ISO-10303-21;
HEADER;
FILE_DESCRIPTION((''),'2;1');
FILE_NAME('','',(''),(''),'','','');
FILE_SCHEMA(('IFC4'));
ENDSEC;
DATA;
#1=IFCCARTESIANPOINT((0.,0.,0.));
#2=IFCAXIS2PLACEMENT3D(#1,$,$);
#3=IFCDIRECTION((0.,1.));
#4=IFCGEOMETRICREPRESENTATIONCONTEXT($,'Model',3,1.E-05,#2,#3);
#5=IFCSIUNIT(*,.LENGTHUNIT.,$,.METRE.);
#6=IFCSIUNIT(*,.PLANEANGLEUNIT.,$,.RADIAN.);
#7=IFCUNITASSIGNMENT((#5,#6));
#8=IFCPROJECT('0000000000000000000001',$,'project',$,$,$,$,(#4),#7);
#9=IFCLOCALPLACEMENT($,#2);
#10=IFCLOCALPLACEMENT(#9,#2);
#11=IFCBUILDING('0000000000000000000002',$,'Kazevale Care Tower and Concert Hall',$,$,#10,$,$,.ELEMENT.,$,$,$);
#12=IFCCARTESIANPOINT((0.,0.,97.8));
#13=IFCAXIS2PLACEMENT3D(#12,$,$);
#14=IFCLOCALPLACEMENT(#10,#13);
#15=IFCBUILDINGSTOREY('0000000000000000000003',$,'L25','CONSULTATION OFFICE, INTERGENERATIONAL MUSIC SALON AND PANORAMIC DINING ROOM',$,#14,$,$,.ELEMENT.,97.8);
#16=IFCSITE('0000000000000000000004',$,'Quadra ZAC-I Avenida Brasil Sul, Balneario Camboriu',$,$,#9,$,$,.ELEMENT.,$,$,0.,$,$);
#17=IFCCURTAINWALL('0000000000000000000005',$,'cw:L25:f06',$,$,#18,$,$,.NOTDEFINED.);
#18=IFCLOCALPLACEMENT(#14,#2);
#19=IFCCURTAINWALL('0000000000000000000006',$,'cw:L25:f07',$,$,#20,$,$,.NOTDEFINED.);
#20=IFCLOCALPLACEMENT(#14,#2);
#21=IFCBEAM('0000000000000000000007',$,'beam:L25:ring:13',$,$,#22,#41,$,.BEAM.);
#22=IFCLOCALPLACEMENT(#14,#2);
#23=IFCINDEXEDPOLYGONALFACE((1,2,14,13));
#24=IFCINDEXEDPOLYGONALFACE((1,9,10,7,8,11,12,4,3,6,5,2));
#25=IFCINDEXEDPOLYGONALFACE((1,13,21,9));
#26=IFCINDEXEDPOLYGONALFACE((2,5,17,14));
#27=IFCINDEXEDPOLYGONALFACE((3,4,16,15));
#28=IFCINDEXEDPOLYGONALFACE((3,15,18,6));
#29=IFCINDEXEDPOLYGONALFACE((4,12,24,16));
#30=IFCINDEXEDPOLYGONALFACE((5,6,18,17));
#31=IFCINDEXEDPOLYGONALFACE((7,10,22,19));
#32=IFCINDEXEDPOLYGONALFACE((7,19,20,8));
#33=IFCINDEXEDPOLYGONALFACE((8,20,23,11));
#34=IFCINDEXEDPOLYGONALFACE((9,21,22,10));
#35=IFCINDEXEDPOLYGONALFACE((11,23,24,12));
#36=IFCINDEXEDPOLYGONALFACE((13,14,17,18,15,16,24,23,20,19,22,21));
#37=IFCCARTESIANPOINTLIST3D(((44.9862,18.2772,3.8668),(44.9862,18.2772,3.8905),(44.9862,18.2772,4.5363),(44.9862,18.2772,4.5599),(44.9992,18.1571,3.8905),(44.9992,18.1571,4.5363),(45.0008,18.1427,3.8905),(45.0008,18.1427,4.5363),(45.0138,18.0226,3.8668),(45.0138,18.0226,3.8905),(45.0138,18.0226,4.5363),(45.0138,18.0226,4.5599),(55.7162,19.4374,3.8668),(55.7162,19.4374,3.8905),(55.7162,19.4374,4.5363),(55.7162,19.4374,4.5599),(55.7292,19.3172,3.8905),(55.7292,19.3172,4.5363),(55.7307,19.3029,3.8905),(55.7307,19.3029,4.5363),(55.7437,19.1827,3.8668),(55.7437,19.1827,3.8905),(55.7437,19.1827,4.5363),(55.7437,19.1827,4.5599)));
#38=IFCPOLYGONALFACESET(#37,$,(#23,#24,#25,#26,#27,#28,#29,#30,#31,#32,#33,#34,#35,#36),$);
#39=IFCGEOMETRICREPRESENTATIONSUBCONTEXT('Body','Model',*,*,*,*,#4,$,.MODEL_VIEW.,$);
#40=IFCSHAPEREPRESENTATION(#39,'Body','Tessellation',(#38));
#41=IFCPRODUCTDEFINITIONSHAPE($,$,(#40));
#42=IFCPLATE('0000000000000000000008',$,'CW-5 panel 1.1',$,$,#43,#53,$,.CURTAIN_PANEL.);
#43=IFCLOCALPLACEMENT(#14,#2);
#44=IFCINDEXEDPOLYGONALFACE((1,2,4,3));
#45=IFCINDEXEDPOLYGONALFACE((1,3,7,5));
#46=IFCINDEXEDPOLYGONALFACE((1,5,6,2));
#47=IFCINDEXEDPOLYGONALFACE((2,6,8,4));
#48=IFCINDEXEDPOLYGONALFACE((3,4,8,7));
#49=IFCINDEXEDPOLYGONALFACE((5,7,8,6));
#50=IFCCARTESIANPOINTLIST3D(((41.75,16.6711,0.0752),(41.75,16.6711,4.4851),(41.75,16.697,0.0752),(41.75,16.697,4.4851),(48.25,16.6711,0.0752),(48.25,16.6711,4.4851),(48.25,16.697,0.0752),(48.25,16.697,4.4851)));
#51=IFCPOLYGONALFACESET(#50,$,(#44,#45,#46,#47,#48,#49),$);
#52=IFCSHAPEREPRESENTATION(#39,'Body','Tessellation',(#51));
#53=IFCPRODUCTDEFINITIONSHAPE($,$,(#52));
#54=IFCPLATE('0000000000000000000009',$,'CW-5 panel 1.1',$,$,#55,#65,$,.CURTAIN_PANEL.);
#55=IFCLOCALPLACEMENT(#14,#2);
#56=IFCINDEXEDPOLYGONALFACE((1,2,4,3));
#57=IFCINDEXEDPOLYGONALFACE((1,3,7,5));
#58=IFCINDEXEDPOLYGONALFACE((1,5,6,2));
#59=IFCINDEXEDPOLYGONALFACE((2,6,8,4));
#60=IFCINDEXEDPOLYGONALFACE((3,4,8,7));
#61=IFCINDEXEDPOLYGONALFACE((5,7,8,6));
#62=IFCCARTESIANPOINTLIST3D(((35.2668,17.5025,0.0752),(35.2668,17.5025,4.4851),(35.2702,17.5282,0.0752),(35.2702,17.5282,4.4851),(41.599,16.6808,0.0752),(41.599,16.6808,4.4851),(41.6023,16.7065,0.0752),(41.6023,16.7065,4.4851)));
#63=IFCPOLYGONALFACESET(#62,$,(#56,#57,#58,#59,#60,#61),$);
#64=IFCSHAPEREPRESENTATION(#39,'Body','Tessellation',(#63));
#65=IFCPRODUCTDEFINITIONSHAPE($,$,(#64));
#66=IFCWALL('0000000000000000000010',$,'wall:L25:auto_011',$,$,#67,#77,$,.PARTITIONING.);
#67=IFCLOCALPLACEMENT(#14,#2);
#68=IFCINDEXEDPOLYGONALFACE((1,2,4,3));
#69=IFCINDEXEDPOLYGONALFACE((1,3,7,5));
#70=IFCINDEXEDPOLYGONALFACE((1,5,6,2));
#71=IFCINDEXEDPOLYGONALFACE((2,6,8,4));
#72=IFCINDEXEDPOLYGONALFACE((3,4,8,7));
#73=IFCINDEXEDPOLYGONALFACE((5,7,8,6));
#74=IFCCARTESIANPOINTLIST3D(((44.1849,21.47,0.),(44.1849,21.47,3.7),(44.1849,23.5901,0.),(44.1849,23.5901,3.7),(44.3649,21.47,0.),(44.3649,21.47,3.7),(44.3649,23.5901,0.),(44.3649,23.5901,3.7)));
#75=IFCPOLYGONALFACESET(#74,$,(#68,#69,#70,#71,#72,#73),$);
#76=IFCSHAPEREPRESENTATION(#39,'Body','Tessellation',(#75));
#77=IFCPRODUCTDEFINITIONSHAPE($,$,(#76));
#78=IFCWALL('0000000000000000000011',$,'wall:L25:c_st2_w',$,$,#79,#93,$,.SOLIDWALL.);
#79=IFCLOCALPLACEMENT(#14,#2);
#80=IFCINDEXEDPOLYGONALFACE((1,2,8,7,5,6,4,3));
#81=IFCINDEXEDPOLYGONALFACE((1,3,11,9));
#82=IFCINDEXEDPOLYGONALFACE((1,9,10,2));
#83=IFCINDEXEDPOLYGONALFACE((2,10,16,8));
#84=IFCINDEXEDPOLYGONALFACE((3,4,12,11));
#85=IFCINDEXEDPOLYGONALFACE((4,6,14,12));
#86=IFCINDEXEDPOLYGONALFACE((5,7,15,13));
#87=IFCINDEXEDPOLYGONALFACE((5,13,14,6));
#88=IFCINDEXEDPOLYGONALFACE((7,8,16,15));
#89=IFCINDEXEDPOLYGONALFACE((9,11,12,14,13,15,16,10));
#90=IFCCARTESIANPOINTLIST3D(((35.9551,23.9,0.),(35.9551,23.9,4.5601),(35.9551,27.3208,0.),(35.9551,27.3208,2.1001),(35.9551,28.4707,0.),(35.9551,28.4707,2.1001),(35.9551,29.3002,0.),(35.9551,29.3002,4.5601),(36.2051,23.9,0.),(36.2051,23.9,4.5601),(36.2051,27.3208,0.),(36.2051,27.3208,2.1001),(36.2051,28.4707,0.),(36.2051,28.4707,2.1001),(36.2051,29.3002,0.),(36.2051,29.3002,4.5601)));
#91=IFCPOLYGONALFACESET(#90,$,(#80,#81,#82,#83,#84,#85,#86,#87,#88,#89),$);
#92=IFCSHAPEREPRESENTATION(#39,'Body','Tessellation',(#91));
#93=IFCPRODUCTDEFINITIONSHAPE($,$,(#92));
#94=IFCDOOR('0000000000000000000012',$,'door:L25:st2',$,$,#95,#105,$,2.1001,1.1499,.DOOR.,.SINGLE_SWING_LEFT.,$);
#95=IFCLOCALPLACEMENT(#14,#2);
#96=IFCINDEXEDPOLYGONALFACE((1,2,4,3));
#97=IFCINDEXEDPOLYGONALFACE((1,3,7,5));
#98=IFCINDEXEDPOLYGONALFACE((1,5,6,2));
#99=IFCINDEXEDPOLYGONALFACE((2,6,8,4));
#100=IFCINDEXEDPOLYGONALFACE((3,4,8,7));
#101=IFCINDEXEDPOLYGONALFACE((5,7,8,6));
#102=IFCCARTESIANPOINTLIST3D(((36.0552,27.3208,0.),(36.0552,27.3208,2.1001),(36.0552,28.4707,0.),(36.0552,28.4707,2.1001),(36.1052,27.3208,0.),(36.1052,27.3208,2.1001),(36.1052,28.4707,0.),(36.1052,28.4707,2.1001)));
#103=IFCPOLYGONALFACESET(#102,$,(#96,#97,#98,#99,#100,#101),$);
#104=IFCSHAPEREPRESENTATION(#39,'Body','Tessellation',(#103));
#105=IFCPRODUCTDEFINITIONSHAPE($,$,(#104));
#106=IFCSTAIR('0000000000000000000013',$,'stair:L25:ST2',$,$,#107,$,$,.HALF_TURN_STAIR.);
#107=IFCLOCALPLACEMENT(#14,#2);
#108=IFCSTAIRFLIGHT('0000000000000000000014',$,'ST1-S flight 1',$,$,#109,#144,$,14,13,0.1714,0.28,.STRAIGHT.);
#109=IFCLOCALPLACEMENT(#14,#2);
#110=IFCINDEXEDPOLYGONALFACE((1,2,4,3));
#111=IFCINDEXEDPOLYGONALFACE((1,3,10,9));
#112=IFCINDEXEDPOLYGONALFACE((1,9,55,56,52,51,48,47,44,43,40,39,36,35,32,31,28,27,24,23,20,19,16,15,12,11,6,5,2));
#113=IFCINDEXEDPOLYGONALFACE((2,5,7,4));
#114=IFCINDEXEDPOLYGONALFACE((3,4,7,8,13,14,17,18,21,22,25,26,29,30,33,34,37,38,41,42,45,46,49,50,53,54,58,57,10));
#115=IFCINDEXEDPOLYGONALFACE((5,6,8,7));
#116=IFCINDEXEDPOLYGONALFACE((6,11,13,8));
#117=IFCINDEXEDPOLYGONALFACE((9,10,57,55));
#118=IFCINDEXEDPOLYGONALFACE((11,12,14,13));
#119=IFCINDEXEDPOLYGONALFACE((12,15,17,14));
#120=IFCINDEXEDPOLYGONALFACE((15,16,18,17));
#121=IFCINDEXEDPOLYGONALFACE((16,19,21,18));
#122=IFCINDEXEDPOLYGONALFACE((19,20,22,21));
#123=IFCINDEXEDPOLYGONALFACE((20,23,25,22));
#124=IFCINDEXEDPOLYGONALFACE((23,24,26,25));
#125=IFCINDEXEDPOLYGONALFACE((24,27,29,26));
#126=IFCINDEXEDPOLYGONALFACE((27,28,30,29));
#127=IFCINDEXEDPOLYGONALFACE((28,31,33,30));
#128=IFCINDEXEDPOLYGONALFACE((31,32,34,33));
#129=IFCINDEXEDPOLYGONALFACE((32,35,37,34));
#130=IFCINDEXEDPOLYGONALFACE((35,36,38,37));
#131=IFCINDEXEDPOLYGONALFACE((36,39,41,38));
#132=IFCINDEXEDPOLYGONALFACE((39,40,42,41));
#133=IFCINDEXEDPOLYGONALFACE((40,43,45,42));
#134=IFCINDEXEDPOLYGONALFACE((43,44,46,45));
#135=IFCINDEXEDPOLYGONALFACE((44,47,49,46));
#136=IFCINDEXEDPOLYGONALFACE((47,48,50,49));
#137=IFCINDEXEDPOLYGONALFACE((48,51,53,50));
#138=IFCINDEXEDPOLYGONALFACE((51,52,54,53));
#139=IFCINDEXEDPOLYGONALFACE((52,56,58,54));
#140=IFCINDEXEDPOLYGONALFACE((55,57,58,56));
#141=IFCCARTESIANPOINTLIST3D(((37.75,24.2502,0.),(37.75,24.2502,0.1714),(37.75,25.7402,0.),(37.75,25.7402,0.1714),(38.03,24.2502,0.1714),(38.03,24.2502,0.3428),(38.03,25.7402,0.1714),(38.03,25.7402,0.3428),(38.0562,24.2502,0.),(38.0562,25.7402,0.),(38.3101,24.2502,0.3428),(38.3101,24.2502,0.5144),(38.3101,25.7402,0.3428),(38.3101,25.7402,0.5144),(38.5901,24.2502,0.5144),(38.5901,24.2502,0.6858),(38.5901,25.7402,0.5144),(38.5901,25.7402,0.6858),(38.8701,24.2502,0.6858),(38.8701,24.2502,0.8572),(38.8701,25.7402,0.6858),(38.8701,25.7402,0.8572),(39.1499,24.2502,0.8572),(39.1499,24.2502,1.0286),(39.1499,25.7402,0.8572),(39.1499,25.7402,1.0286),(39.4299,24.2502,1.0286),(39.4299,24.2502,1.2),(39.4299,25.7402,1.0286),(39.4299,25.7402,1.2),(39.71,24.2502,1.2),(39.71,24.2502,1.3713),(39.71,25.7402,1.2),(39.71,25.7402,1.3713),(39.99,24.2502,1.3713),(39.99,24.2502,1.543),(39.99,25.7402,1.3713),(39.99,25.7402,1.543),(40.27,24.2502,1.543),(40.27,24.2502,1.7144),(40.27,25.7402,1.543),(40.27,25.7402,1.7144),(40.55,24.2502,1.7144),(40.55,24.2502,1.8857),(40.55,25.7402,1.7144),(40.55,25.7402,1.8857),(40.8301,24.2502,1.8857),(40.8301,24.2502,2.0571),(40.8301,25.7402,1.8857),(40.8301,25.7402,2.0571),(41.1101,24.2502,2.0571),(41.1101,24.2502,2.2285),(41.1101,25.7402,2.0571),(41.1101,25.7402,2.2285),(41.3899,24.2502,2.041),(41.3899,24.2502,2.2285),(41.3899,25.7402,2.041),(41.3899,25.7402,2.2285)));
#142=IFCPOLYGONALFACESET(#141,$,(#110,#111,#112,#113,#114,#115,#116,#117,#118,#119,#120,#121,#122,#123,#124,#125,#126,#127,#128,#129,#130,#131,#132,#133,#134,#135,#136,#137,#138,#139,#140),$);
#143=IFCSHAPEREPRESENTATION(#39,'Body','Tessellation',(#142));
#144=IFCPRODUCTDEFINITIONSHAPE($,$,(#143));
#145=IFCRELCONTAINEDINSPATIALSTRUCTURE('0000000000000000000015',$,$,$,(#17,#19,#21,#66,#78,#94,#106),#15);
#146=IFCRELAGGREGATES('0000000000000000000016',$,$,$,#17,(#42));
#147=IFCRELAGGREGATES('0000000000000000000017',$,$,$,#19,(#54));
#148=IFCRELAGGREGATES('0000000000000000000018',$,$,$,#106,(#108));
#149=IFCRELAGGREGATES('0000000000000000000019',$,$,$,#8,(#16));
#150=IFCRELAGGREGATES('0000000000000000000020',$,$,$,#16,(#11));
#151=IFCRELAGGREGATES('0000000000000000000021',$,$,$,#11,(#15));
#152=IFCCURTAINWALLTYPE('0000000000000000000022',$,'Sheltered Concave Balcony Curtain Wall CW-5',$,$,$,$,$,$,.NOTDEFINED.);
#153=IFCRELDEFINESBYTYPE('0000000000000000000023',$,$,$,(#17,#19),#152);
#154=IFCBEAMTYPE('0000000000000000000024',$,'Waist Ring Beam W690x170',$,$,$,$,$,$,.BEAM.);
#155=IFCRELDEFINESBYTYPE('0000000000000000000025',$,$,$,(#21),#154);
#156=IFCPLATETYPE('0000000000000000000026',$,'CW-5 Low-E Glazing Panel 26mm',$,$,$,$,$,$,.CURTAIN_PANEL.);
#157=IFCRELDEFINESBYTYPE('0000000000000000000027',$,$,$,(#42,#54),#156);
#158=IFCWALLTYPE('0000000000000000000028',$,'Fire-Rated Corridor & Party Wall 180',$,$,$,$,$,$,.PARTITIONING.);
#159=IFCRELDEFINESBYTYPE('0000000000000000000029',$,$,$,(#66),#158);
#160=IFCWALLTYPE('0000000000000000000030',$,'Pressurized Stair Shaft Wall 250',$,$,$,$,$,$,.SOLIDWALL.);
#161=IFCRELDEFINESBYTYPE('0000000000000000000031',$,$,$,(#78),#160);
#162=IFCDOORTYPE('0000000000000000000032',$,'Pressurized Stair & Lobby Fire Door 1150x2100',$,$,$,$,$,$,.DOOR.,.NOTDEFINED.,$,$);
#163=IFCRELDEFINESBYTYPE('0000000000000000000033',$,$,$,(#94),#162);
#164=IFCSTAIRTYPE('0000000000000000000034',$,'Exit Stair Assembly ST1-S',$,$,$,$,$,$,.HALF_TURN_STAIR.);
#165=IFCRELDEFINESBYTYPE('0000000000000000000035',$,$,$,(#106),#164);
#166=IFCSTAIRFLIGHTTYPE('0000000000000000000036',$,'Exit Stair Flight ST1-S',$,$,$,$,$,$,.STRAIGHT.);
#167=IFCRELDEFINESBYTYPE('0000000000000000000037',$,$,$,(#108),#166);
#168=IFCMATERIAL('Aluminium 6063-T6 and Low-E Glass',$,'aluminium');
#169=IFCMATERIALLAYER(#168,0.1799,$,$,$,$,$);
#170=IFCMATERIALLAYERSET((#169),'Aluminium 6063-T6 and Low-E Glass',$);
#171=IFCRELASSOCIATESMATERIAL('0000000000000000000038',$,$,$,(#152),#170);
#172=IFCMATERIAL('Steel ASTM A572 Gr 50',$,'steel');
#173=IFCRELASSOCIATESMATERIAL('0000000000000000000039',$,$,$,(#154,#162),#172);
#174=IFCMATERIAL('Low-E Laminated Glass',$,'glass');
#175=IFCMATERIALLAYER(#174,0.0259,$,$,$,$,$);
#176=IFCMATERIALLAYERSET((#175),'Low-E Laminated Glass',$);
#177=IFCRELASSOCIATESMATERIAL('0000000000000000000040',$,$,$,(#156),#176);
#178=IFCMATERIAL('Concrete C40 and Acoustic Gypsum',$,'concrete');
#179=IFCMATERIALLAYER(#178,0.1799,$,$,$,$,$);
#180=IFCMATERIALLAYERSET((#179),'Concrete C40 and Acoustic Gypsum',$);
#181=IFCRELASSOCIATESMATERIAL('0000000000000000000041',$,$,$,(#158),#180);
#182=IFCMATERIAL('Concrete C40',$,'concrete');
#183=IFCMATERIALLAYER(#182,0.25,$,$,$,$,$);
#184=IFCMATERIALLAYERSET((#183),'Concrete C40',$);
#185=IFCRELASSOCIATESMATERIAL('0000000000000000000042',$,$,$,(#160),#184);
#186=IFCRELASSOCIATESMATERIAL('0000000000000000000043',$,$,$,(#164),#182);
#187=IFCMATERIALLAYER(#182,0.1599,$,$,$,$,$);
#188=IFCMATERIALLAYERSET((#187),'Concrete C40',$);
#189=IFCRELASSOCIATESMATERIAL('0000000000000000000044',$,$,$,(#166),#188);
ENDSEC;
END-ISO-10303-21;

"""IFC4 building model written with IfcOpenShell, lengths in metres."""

from ifc_helpers import new_model, si_unit, direction, frame, frame_2d, origin, origin_2d, place, context, subcontext, project, spatial, polyline, rectangle, i_section, outline, extrude, material, layer, layer_set, material_profile, profile_set, type_object, element, fill, aggregate, save


model = new_model("IFC4")

# Units and contexts
model_context = context("Model", 3, precision=1e-05, world=origin(), true_north=direction((0.0, 1.0)))
body_context = subcontext(model_context, "Body", "Model", "MODEL_VIEW")
ifc_project = project(units=[si_unit("LENGTHUNIT", "METRE"), si_unit("PLANEANGLEUNIT", "RADIAN")], contexts=[model_context])

# Site, building, storey
site_placement = place(None, origin())
site = spatial("IfcSite", under=ifc_project, at=site_placement, Name="Quadra ZAC-I Avenida Brasil Sul, Balneario Camboriu", CompositionType="ELEMENT", RefElevation=0.0)
building_placement = place(site_placement, origin())
building = spatial("IfcBuilding", under=site, at=building_placement, Name="Kazevale Care Tower and Concert Hall", CompositionType="ELEMENT")
storey_placement = place(building_placement, frame((0.0, 0.0, 97.8)))
storey = spatial("IfcBuildingStorey", under=building, at=storey_placement, Name="L25", Description="CONSULTATION OFFICE, INTERGENERATIONAL MUSIC SALON AND PANORAMIC DINING ROOM", CompositionType="ELEMENT", Elevation=97.8)

# Curtain wall
ifc_material_1 = material(Name="Aluminium 6063-T6 and Low-E Glass", Category="aluminium")
ifc_layer_1 = layer(ifc_material_1, 0.1799)
ifc_layer_set_1 = layer_set([ifc_layer_1], Name="Aluminium 6063-T6 and Low-E Glass")
curtain_wall_type = type_object("IfcCurtainWallType", Name="Sheltered Concave Balcony Curtain Wall CW-5", PredefinedType="NOTDEFINED", material=ifc_layer_set_1)
curtain_wall_1_placement = place(storey_placement, origin())
curtain_wall_1 = element("IfcCurtainWall", 1, at=curtain_wall_1_placement, inside=storey, type_object=curtain_wall_type, Name="cw:L25:f06", PredefinedType="NOTDEFINED")

# Curtain wall
curtain_wall_2_placement = place(storey_placement, origin())
curtain_wall_2 = element("IfcCurtainWall", 2, at=curtain_wall_2_placement, inside=storey, type_object=curtain_wall_type, Name="cw:L25:f07", PredefinedType="NOTDEFINED")

# Beam
ifc_material_2 = material(Name="Steel ASTM A572 Gr 50", Category="steel")
ifc_material_profile_1 = material_profile(ifc_material_2, i_section(OverallWidth=0.2561, OverallDepth=0.6931, WebThickness=0.0144, FlangeThickness=0.0237, at=origin_2d()), Name="W690x170")
ifc_profile_set_1 = profile_set([ifc_material_profile_1], Name="Steel ASTM A572 Gr 50")
beam_type_1 = type_object("IfcBeamType", Name="Waist Ring Beam W690x170", PredefinedType="BEAM", material=ifc_profile_set_1)
beam_1_placement = place(storey_placement, frame((45.0, 18.1499, 4.2134), z_axis=(0.994205, 0.107496, 0.0), x_axis=(-0.107496, 0.994205, 0.0)))
element("IfcBeam", 3, at=beam_1_placement, inside=storey, type_object=beam_type_1, Name="beam:L25:ring:13", PredefinedType="BEAM", context=body_context, shape_type="SweptSolid", body=[
    extrude(i_section(OverallWidth=0.2561, OverallDepth=0.6931, WebThickness=0.0144, FlangeThickness=0.0237, at=origin_2d()), origin(), (0.0, 0.0, 1.0), 10.7925),
])

# Plates
ifc_material_3 = material(Name="Low-E Laminated Glass", Category="glass")
ifc_layer_2 = layer(ifc_material_3, 0.0259)
ifc_layer_set_2 = layer_set([ifc_layer_2], Name="Low-E Laminated Glass")
plate_type = type_object("IfcPlateType", Name="CW-5 Low-E Glazing Panel 26mm", PredefinedType="CURTAIN_PANEL", material=ifc_layer_set_2)
plate_1_placement = place(storey_placement, frame((45.0, 16.6841, 0.0752), z_axis=(0.0, 0.0, 1.0), x_axis=(-1.0, 0.0, 0.0)))
plate_1 = element("IfcPlate", 4, at=plate_1_placement, type_object=plate_type, Name="CW-5 panel 1.1", PredefinedType="CURTAIN_PANEL", context=body_context, shape_type="SweptSolid", body=[
    extrude(rectangle(XDim=6.5, YDim=0.0259, at=origin_2d()), origin(), (0.0, 0.0, 1.0), 4.4099),
])
aggregate(curtain_wall_1, [plate_1])
plate_2_placement = place(storey_placement, frame((38.4346, 17.1045, 0.0752), z_axis=(0.0, 0.0, 1.0), x_axis=(-0.991686, 0.128685, 0.0)))
plate_2 = element("IfcPlate", 5, at=plate_2_placement, type_object=plate_type, Name="CW-5 panel 1.1", PredefinedType="CURTAIN_PANEL", context=body_context, shape_type="SweptSolid", body=[
    extrude(rectangle(XDim=6.3853, YDim=0.0259, at=origin_2d()), origin(), (0.0, 0.0, 1.0), 4.4099),
])
aggregate(curtain_wall_2, [plate_2])

# Wall
ifc_material_4 = material(Name="Concrete C40 and Acoustic Gypsum", Category="concrete")
ifc_layer_3 = layer(ifc_material_4, 0.1799)
ifc_layer_set_3 = layer_set([ifc_layer_3], Name="Concrete C40 and Acoustic Gypsum")
wall_type_1 = type_object("IfcWallType", Name="Fire-Rated Corridor & Party Wall 180", PredefinedType="PARTITIONING", material=ifc_layer_set_3)
wall_1_placement = place(storey_placement, frame((44.2749, 21.47, 0.0), z_axis=(0.0, 0.0, 1.0), x_axis=(0.0, 1.0, 0.0)))
element("IfcWall", 6, at=wall_1_placement, inside=storey, type_object=wall_type_1, Name="wall:L25:auto_011", PredefinedType="PARTITIONING", context=body_context, shape_type="SweptSolid", body=[
    extrude(rectangle(XDim=2.1201, YDim=0.1799, at=frame_2d((1.0601, 0.0))), origin(), (0.0, 0.0, 1.0), 3.7),
])

# Wall, opening, door
ifc_material_5 = material(Name="Concrete C40", Category="concrete")
ifc_layer_4 = layer(ifc_material_5, 0.25)
ifc_layer_set_4 = layer_set([ifc_layer_4], Name="Concrete C40")
wall_type_2 = type_object("IfcWallType", Name="Pressurized Stair Shaft Wall 250", PredefinedType="SOLIDWALL", material=ifc_layer_set_4)
wall_2_placement = place(storey_placement, frame((36.0801, 23.8999, 0.0), z_axis=(0.0, 0.0, 1.0), x_axis=(0.0, 1.0, 0.0)))
wall_2 = element("IfcWall", 7, at=wall_2_placement, inside=storey, type_object=wall_type_2, Name="wall:L25:c_st2_w", PredefinedType="SOLIDWALL", context=body_context, shape_type="SweptSolid", body=[
    extrude(rectangle(XDim=5.4001, YDim=0.25, at=frame_2d((2.7002, 0.0))), origin(), (0.0, 0.0, 1.0), 4.5601),
])
opening_1_placement = place(wall_2_placement, frame((3.4209, 0.0, 0.0)))
opening_1 = element("IfcOpeningElement", 8, at=opening_1_placement, cuts=wall_2, PredefinedType="OPENING", context=body_context, shape_type="SweptSolid", body=[
    extrude(rectangle(XDim=1.1499, YDim=2.1001, at=frame_2d((0.575, 1.05))), frame((0.0, 0.135, 0.0), z_axis=(0.0, -1.0, 0.0), x_axis=(1.0, 0.0, 0.0)), (0.0, 0.0, 1.0), 0.27),
])
door_type_1 = type_object("IfcDoorType", Name="Pressurized Stair & Lobby Fire Door 1150x2100", OperationType="NOTDEFINED", PredefinedType="DOOR", material=ifc_material_2)
door_1_placement = place(opening_1_placement, origin())
door_1 = element("IfcDoor", 9, at=door_1_placement, inside=storey, type_object=door_type_1, Name="door:L25:st2", OperationType="SINGLE_SWING_LEFT", OverallHeight=2.1001, OverallWidth=1.1499, PredefinedType="DOOR", context=body_context, shape_type="SweptSolid", body=[
    extrude(rectangle(XDim=1.1499, YDim=2.1001, at=frame_2d((0.575, 1.05))), frame((0.0, 0.0249, 0.0), z_axis=(0.0, -1.0, 0.0), x_axis=(1.0, 0.0, 0.0)), (0.0, 0.0, 1.0), 0.05),
])
fill(opening_1, door_1)

# Stair, stair flight
stair_type = type_object("IfcStairType", Name="Exit Stair Assembly ST1-S", PredefinedType="HALF_TURN_STAIR", material=ifc_material_5)
stair_placement = place(storey_placement, origin())
stair = element("IfcStair", 10, at=stair_placement, inside=storey, type_object=stair_type, Name="stair:L25:ST2", PredefinedType="HALF_TURN_STAIR")
ifc_layer_5 = layer(ifc_material_5, 0.1599)
ifc_layer_set_5 = layer_set([ifc_layer_5], Name="Concrete C40")
stair_flight_type = type_object("IfcStairFlightType", Name="Exit Stair Flight ST1-S", PredefinedType="STRAIGHT", material=ifc_layer_set_5)
stair_flight_1_placement = place(storey_placement, frame((37.75, 24.9951, 0.0), z_axis=(0.0, 0.0, 1.0), x_axis=(1.0, 0.0, 0.0)))
stair_flight_1 = element("IfcStairFlight", 11, at=stair_flight_1_placement, type_object=stair_flight_type, Name="ST1-S flight 1", NumberOfRisers=14, NumberOfTreads=13, PredefinedType="STRAIGHT", RiserHeight=0.1714, TreadLength=0.28, context=body_context, shape_type="SweptSolid", body=[
    extrude(outline(polyline([(0.0, 0.0), (0.0, 0.1714), (0.28, 0.1714), (0.28, 0.3428), (0.5601, 0.3428), (0.5601, 0.5144), (0.8401, 0.5144), (0.8401, 0.6858), (1.1201, 0.6858), (1.1201, 0.8572), (1.3999, 0.8572), (1.3999, 1.0286), (1.6799, 1.0286), (1.6799, 1.2), (1.96, 1.2), (1.96, 1.3713), (2.24, 1.3713), (2.24, 1.543), (2.52, 1.543), (2.52, 1.7144), (2.8, 1.7144), (2.8, 1.8857), (3.0801, 1.8857), (3.0801, 2.0571), (3.3601, 2.0571), (3.3601, 2.2285), (3.6399, 2.2285), (3.6399, 2.3999), (3.6399, 2.041), (0.3062, 0.0), (0.0, 0.0)])), frame((0.0, 0.7451, 0.0), z_axis=(0.0, -1.0, 0.0), x_axis=(1.0, 0.0, 0.0)), (0.0, 0.0, 1.0), 1.49),
])
aggregate(stair, [stair_flight_1])

save(model, "model.ifc")
